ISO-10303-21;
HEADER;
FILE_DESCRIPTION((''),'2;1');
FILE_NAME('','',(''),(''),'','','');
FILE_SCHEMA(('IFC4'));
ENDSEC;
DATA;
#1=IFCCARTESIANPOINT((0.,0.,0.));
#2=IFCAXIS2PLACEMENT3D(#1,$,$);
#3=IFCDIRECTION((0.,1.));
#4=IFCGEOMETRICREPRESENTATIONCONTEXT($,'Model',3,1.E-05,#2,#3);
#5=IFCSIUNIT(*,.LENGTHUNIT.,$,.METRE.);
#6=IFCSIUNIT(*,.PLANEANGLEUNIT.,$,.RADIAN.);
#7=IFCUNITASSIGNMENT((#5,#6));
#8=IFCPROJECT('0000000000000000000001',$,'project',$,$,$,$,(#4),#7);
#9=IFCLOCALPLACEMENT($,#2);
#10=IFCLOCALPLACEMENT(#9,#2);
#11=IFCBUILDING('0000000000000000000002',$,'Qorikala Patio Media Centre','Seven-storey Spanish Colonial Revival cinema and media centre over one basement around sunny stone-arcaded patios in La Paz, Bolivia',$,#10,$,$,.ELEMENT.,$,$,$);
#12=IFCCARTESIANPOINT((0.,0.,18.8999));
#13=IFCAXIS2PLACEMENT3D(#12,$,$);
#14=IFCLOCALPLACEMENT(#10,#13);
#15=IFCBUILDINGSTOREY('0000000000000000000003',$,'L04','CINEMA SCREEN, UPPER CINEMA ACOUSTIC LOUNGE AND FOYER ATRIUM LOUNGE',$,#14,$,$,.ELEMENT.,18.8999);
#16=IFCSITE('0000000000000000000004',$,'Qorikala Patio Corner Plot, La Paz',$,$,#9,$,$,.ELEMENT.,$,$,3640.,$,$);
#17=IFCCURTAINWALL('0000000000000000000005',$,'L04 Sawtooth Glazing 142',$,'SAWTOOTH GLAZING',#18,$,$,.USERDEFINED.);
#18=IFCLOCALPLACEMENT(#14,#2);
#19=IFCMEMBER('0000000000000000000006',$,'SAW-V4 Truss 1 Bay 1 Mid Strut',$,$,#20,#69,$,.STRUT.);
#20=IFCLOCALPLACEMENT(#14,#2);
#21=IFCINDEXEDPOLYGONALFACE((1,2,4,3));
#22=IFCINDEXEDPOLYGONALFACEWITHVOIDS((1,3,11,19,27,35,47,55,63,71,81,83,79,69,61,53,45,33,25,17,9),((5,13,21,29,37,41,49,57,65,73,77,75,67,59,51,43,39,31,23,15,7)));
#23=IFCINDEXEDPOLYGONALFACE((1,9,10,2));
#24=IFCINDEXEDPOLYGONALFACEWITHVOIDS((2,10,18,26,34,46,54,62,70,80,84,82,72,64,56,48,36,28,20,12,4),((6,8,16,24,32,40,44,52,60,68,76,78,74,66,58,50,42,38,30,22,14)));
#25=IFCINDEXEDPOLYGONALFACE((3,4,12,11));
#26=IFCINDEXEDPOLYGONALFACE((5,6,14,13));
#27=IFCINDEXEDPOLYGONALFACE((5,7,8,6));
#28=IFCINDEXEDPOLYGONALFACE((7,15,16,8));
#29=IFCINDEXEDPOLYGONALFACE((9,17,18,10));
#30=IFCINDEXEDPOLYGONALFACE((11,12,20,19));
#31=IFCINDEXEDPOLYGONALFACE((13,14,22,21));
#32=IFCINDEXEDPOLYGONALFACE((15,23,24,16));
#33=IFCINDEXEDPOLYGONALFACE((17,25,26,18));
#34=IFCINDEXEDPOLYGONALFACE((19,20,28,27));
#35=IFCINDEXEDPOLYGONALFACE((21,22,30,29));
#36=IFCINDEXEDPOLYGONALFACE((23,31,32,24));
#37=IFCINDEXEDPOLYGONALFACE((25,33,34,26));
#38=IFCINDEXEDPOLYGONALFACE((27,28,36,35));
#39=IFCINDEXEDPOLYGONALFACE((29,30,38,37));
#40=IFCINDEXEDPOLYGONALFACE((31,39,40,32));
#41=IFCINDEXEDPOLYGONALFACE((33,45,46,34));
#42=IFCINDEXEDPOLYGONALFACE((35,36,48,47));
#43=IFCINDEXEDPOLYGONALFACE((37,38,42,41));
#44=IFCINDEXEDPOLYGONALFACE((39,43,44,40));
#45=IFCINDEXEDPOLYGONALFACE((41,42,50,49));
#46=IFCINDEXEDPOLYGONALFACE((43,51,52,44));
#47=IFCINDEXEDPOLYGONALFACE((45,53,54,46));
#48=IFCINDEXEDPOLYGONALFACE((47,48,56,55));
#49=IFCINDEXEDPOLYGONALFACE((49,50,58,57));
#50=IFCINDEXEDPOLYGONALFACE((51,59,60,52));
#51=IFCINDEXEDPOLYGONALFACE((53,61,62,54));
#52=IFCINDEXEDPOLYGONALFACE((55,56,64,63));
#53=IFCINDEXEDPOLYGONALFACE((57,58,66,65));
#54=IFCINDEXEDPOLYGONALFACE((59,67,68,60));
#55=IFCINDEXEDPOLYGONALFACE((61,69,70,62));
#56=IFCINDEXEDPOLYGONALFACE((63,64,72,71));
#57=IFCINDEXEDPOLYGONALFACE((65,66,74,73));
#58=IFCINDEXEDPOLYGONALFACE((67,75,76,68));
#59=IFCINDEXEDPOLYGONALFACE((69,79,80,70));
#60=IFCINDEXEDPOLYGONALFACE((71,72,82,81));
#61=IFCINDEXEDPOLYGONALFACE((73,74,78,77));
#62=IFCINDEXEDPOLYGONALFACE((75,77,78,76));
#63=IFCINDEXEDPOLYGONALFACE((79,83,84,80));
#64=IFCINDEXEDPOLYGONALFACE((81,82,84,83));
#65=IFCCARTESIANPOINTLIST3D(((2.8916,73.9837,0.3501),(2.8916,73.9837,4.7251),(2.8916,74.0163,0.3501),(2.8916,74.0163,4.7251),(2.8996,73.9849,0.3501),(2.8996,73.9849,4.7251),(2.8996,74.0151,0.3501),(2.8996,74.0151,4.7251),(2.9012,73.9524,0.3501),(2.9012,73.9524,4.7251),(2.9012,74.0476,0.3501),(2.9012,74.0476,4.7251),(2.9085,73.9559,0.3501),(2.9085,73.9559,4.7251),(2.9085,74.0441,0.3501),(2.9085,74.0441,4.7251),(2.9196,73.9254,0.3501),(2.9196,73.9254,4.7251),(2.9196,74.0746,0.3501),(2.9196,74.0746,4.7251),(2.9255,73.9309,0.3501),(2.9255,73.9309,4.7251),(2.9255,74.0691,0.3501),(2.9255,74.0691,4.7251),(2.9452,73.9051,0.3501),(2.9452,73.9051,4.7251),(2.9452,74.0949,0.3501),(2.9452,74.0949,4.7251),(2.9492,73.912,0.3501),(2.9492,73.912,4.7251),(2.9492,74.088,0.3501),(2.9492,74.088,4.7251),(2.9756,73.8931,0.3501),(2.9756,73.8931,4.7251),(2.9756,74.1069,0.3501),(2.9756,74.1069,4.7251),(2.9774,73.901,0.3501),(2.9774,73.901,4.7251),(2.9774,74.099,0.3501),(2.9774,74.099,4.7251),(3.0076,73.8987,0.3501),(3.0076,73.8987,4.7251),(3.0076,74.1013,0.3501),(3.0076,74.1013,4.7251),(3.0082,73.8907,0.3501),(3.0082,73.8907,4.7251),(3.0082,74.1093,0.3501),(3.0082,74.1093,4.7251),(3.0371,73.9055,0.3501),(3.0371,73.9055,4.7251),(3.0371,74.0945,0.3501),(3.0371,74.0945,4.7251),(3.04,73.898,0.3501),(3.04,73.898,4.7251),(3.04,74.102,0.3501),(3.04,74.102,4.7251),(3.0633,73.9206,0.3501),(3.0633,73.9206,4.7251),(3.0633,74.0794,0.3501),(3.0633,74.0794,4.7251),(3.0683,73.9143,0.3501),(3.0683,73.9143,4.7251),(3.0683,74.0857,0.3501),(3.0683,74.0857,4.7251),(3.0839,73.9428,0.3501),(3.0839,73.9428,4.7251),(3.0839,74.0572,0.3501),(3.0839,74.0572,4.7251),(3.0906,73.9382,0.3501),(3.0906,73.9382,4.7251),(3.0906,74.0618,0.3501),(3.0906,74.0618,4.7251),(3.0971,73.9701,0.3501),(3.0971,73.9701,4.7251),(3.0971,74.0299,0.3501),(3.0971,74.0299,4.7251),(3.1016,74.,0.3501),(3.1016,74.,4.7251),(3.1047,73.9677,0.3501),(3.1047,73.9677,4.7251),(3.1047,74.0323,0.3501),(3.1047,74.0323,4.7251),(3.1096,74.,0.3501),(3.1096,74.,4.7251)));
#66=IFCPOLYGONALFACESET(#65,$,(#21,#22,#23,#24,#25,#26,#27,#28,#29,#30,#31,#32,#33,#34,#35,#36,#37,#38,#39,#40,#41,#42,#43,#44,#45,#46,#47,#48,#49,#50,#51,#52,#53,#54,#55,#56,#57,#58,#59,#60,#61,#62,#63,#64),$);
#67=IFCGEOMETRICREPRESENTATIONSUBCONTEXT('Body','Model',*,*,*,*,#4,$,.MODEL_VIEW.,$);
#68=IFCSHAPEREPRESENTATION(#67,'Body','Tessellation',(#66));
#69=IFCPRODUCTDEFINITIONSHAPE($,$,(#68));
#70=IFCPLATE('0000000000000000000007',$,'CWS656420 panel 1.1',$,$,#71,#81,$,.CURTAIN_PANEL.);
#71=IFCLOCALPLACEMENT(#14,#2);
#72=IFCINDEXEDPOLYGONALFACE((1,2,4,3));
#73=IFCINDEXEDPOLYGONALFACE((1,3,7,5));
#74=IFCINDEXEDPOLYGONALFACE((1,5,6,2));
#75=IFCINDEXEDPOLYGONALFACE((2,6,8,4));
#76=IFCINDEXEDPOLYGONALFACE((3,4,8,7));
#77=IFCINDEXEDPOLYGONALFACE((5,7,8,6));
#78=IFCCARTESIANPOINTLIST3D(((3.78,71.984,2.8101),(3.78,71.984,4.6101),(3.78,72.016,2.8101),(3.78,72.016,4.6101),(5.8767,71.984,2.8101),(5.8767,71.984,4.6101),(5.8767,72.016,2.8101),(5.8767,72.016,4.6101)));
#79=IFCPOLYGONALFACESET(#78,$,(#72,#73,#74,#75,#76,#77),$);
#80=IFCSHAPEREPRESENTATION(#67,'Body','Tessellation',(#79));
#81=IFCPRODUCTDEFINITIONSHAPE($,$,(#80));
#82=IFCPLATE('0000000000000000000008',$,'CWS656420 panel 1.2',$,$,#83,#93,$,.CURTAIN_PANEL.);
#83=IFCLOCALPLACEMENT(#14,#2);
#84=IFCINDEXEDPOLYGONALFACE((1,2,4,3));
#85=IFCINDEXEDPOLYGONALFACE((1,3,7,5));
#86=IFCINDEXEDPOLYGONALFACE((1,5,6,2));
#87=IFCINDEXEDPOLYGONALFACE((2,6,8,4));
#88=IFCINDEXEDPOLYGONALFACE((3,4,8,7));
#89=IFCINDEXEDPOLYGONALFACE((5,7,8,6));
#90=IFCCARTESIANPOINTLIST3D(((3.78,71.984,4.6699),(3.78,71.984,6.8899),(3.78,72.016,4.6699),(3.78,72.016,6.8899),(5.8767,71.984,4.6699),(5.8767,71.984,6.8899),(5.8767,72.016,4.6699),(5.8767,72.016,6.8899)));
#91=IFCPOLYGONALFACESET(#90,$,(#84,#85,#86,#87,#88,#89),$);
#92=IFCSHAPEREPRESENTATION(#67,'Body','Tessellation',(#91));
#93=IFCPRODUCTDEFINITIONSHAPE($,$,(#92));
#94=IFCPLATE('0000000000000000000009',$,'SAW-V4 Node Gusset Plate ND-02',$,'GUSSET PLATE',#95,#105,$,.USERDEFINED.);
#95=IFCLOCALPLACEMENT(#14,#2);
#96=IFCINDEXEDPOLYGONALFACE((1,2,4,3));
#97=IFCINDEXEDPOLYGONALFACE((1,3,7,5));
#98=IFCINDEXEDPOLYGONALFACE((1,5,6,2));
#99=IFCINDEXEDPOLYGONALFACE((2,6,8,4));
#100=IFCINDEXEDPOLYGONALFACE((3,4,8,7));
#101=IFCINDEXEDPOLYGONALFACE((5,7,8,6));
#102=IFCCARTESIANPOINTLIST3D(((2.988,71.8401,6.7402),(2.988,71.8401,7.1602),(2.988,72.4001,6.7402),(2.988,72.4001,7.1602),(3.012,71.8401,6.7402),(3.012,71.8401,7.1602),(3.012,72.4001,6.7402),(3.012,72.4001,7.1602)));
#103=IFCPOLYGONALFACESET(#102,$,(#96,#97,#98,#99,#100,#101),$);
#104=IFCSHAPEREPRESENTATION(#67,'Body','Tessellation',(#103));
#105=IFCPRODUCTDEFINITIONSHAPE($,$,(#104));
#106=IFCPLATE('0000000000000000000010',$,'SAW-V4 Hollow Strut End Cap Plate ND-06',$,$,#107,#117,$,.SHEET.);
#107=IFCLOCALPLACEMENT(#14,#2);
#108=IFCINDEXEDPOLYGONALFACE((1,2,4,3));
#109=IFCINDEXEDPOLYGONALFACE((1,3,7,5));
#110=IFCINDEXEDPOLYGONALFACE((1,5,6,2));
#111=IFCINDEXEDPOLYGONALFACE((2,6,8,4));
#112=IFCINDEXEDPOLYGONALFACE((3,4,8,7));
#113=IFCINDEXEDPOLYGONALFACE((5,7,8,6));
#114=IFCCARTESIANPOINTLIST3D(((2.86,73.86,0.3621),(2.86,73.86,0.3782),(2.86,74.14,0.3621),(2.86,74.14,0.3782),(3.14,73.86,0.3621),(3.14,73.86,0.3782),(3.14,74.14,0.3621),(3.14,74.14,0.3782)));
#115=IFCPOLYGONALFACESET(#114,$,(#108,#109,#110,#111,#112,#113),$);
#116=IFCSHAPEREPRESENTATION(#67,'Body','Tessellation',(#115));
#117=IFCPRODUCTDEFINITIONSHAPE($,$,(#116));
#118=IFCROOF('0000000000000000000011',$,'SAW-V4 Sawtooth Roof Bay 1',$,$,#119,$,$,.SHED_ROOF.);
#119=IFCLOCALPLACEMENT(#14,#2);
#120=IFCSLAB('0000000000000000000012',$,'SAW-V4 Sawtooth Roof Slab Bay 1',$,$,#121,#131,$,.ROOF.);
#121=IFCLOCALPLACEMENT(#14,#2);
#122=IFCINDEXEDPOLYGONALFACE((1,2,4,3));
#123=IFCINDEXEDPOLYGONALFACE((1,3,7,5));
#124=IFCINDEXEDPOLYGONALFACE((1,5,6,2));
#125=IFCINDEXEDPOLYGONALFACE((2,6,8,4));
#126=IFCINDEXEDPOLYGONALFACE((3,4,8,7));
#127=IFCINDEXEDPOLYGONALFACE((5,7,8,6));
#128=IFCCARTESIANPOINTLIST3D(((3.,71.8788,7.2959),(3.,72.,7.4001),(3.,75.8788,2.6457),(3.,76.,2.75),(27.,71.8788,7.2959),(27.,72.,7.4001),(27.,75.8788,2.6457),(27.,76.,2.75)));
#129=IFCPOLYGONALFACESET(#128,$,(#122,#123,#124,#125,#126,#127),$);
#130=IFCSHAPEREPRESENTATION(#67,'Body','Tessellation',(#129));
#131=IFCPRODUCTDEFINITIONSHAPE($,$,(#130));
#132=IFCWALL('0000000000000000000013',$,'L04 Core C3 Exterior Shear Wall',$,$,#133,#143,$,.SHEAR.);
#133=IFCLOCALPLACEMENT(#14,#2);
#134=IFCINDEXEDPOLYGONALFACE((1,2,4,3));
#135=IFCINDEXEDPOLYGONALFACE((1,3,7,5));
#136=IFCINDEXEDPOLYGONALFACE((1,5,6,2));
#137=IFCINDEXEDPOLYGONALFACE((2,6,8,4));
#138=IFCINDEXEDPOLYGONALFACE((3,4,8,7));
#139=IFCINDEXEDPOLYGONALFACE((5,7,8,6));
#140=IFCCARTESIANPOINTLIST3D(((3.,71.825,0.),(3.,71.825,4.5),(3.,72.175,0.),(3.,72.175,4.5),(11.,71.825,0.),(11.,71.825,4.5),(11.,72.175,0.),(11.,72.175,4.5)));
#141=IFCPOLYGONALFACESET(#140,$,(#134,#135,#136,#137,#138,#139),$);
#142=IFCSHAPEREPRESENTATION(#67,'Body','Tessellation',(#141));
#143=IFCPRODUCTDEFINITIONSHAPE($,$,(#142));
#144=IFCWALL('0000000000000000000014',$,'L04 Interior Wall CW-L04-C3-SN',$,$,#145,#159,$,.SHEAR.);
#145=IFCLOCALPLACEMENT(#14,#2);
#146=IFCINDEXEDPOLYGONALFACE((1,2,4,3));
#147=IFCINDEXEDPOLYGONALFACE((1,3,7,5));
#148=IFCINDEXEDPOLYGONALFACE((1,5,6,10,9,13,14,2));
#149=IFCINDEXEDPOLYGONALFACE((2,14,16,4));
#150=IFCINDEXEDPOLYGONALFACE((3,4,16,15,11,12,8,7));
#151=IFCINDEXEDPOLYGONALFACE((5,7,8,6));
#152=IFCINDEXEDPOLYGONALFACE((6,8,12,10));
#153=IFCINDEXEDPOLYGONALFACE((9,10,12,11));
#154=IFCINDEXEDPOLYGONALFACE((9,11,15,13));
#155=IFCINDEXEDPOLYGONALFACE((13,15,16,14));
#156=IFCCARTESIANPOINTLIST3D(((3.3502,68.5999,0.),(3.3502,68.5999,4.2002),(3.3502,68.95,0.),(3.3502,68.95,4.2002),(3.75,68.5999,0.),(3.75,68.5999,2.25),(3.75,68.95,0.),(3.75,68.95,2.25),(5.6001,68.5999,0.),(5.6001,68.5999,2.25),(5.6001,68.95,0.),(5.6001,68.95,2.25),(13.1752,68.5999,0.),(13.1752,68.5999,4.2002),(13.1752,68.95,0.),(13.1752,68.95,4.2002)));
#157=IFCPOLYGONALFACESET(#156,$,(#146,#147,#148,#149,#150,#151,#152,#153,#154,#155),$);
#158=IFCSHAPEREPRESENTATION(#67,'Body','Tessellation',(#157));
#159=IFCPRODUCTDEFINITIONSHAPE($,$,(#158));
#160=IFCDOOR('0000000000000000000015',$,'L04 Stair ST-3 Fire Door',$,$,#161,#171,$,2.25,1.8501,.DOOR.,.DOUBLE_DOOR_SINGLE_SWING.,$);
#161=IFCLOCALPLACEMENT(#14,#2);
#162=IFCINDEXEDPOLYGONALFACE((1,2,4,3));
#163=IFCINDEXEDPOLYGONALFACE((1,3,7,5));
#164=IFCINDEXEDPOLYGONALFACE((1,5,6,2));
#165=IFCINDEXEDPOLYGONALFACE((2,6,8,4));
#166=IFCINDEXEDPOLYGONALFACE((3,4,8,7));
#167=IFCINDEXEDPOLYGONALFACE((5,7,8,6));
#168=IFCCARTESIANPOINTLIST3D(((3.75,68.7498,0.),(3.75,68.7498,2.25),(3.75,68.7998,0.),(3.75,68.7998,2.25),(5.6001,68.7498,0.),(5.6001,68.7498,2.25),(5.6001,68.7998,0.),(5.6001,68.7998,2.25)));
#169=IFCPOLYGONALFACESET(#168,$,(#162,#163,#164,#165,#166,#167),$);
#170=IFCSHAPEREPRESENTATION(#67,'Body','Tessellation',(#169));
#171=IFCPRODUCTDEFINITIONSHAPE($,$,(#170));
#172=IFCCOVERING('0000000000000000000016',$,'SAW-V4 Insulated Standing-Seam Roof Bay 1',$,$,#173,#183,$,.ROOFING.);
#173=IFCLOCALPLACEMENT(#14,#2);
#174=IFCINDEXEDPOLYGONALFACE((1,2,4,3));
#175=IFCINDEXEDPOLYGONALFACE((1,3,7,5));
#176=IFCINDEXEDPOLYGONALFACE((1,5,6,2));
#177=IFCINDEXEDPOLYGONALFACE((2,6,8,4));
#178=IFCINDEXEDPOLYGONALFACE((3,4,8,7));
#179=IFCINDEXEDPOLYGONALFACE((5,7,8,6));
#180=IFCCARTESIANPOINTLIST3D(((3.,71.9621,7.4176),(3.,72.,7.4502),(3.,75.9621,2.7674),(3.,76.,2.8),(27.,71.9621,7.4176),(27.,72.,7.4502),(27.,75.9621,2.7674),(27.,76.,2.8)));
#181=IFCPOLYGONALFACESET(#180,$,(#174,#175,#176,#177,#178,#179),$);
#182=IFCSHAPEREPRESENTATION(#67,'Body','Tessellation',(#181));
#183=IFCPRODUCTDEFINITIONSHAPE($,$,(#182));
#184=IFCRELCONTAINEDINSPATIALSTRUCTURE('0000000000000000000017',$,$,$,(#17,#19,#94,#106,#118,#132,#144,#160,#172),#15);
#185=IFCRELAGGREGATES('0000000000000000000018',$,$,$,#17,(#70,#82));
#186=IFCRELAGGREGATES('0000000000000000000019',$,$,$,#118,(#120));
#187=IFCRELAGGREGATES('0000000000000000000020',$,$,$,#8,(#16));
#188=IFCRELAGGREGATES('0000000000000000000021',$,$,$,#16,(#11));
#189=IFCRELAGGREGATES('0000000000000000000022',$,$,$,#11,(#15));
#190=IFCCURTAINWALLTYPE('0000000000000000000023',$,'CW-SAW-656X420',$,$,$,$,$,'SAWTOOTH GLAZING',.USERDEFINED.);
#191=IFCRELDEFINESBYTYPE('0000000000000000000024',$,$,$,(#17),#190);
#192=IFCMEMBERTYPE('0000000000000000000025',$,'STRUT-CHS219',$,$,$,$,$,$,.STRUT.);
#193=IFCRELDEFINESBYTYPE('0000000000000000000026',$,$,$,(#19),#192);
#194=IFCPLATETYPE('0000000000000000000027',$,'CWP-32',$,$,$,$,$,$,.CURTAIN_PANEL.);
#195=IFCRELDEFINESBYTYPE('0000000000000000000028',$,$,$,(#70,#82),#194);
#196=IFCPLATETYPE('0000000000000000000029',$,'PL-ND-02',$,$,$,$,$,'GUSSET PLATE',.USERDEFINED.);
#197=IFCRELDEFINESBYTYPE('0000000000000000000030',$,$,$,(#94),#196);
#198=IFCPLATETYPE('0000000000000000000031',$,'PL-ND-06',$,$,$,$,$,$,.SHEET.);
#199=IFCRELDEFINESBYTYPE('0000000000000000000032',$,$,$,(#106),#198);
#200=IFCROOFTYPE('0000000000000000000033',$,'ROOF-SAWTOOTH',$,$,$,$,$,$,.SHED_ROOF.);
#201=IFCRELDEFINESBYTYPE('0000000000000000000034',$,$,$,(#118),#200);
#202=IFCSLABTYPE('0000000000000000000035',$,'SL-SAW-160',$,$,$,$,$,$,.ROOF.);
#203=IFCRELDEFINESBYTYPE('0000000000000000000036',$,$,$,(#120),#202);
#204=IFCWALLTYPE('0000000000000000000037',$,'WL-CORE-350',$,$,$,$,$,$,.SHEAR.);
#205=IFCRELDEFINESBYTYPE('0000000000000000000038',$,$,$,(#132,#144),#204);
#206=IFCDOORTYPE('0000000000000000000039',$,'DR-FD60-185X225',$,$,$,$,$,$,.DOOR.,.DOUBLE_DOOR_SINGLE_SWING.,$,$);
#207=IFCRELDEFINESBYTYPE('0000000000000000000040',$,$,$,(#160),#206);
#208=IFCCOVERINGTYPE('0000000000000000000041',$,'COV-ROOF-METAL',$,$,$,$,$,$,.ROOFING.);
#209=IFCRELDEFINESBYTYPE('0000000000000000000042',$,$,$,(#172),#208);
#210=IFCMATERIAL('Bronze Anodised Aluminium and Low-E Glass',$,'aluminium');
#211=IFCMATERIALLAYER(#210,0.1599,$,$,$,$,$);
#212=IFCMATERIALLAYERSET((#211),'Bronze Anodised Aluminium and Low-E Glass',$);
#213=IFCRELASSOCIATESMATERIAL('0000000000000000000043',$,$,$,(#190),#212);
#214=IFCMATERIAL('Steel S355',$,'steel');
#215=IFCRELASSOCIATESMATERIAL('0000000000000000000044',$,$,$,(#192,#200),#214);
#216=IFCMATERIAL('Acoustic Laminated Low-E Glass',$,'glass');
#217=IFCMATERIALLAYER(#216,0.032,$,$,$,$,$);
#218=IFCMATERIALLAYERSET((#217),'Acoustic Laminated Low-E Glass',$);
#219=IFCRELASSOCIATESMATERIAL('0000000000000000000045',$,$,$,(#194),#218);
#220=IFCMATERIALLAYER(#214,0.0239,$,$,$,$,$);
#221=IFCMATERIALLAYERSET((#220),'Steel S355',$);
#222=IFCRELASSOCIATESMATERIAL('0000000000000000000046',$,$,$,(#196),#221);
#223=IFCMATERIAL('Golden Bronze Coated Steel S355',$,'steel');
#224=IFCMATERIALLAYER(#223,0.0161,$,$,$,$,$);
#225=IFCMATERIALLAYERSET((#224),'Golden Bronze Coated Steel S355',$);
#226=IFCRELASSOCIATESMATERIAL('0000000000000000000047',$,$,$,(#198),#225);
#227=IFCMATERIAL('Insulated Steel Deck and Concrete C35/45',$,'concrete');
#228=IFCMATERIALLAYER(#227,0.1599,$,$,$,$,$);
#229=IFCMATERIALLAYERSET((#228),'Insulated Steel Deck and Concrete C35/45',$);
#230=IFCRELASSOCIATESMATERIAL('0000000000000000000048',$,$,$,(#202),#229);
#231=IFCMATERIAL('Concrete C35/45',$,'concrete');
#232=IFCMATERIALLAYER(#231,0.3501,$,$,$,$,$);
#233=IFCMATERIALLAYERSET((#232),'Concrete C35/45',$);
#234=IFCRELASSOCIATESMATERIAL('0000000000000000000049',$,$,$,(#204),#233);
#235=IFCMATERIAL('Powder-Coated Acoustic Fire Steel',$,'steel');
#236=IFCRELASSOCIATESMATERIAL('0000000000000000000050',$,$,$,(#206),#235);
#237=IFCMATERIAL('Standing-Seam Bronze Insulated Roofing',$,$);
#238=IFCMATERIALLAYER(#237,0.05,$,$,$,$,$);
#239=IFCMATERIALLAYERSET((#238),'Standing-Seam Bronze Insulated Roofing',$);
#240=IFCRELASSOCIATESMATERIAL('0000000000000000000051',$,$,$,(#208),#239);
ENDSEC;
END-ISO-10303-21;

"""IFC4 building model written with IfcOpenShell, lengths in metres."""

from ifc_helpers import new_model, si_unit, direction, frame, frame_2d, origin, origin_2d, place, context, subcontext, project, spatial, polyline, rectangle, hollow_circle, outline, extrude, material, layer, layer_set, material_profile, profile_set, type_object, element, fill, aggregate, save


model = new_model("IFC4")

# Units and contexts
model_context = context("Model", 3, precision=1e-05, world=origin(), true_north=direction((0.0, 1.0)))
body_context = subcontext(model_context, "Body", "Model", "MODEL_VIEW")
ifc_project = project(units=[si_unit("LENGTHUNIT", "METRE"), si_unit("PLANEANGLEUNIT", "RADIAN")], contexts=[model_context])

# Site, building, storey
site_placement = place(None, origin())
site = spatial("IfcSite", under=ifc_project, at=site_placement, Name="Qorikala Patio Corner Plot, La Paz", CompositionType="ELEMENT", RefElevation=3640.0)
building_placement = place(site_placement, origin())
building = spatial("IfcBuilding", under=site, at=building_placement, Name="Qorikala Patio Media Centre", Description="Seven-storey Spanish Colonial Revival cinema and media centre over one basement around sunny stone-arcaded patios in La Paz, Bolivia", CompositionType="ELEMENT")
storey_placement = place(building_placement, frame((0.0, 0.0, 18.8999)))
storey = spatial("IfcBuildingStorey", under=building, at=storey_placement, Name="L04", Description="CINEMA SCREEN, UPPER CINEMA ACOUSTIC LOUNGE AND FOYER ATRIUM LOUNGE", CompositionType="ELEMENT", Elevation=18.8999)

# Shared definitions
ifc_material_1 = material(Name="Concrete C35/45", Category="concrete")

# Shared definitions
ifc_material_2 = material(Name="Steel S355", Category="steel")

# Curtain wall
ifc_material_3 = material(Name="Bronze Anodised Aluminium and Low-E Glass", Category="aluminium")
ifc_layer_1 = layer(ifc_material_3, 0.1599)
ifc_layer_set_1 = layer_set([ifc_layer_1], Name="Bronze Anodised Aluminium and Low-E Glass")
curtain_wall_type = type_object("IfcCurtainWallType", Name="CW-SAW-656X420", ElementType="SAWTOOTH GLAZING", PredefinedType="USERDEFINED", material=ifc_layer_set_1)
curtain_wall_placement = place(storey_placement, origin())
curtain_wall = element("IfcCurtainWall", 1, at=curtain_wall_placement, inside=storey, type_object=curtain_wall_type, Name="L04 Sawtooth Glazing 142", ObjectType="SAWTOOTH GLAZING", PredefinedType="USERDEFINED")

# Member
ifc_material_profile_1 = material_profile(ifc_material_2, hollow_circle(Radius=0.1096, WallThickness=0.0081, at=origin_2d()), Name="CHS219X8")
ifc_profile_set_1 = profile_set([ifc_material_profile_1], Name="Steel S355")
member_type_1 = type_object("IfcMemberType", Name="STRUT-CHS219", PredefinedType="STRUT", material=ifc_profile_set_1)
member_1_placement = place(storey_placement, frame((3.0, 74.0, 0.3501), z_axis=(0.0, 0.0, 1.0), x_axis=(1.0, 0.0, 0.0)))
element("IfcMember", 2, at=member_1_placement, inside=storey, type_object=member_type_1, Name="SAW-V4 Truss 1 Bay 1 Mid Strut", PredefinedType="STRUT", context=body_context, shape_type="SweptSolid", body=[
    extrude(hollow_circle(Radius=0.1096, WallThickness=0.0081, at=origin_2d()), origin(), (0.0, 0.0, 1.0), 4.375),
])

# Plates
ifc_material_4 = material(Name="Acoustic Laminated Low-E Glass", Category="glass")
ifc_layer_2 = layer(ifc_material_4, 0.032)
ifc_layer_set_2 = layer_set([ifc_layer_2], Name="Acoustic Laminated Low-E Glass")
plate_type_1 = type_object("IfcPlateType", Name="CWP-32", PredefinedType="CURTAIN_PANEL", material=ifc_layer_set_2)
plate_1_placement = place(storey_placement, frame((4.8284, 72.0, 2.8101), z_axis=(0.0, 0.0, 1.0), x_axis=(1.0, 0.0, 0.0)))
plate_1 = element("IfcPlate", 3, at=plate_1_placement, type_object=plate_type_1, Name="CWS656420 panel 1.1", PredefinedType="CURTAIN_PANEL", context=body_context, shape_type="SweptSolid", body=[
    extrude(rectangle(XDim=2.0967, YDim=0.032, at=origin_2d()), origin(), (0.0, 0.0, 1.0), 1.8),
])
plate_2_placement = place(storey_placement, frame((4.8284, 72.0, 4.6699), z_axis=(0.0, 0.0, 1.0), x_axis=(1.0, 0.0, 0.0)))
plate_2 = element("IfcPlate", 4, at=plate_2_placement, type_object=plate_type_1, Name="CWS656420 panel 1.2", PredefinedType="CURTAIN_PANEL", context=body_context, shape_type="SweptSolid", body=[
    extrude(rectangle(XDim=2.0967, YDim=0.032, at=origin_2d()), origin(), (0.0, 0.0, 1.0), 2.22),
])
aggregate(curtain_wall, [plate_1, plate_2])

# Plates
ifc_layer_3 = layer(ifc_material_2, 0.0239)
ifc_layer_set_3 = layer_set([ifc_layer_3], Name="Steel S355")
plate_type_2 = type_object("IfcPlateType", Name="PL-ND-02", ElementType="GUSSET PLATE", PredefinedType="USERDEFINED", material=ifc_layer_set_3)
plate_3_placement = place(storey_placement, frame((3.0, 72.1201, 6.7402), z_axis=(0.0, 0.0, 1.0), x_axis=(1.0, 0.0, 0.0)))
element("IfcPlate", 5, at=plate_3_placement, inside=storey, type_object=plate_type_2, Name="SAW-V4 Node Gusset Plate ND-02", ObjectType="GUSSET PLATE", PredefinedType="USERDEFINED", context=body_context, shape_type="SweptSolid", body=[
    extrude(rectangle(XDim=0.0239, YDim=0.5601, at=origin_2d()), origin(), (0.0, 0.0, 1.0), 0.4199),
])
ifc_material_5 = material(Name="Golden Bronze Coated Steel S355", Category="steel")
ifc_layer_4 = layer(ifc_material_5, 0.0161)
ifc_layer_set_4 = layer_set([ifc_layer_4], Name="Golden Bronze Coated Steel S355")
plate_type_3 = type_object("IfcPlateType", Name="PL-ND-06", PredefinedType="SHEET", material=ifc_layer_set_4)
plate_4_placement = place(storey_placement, frame((3.0, 74.0, 0.3621), z_axis=(0.0, 0.0, 1.0), x_axis=(1.0, 0.0, 0.0)))
element("IfcPlate", 6, at=plate_4_placement, inside=storey, type_object=plate_type_3, Name="SAW-V4 Hollow Strut End Cap Plate ND-06", PredefinedType="SHEET", context=body_context, shape_type="SweptSolid", body=[
    extrude(rectangle(XDim=0.28, YDim=0.28, at=origin_2d()), origin(), (0.0, 0.0, 1.0), 0.0161),
])

# Roof, slab
roof_type = type_object("IfcRoofType", Name="ROOF-SAWTOOTH", PredefinedType="SHED_ROOF", material=ifc_material_2)
roof_placement = place(storey_placement, origin())
roof = element("IfcRoof", 7, at=roof_placement, inside=storey, type_object=roof_type, Name="SAW-V4 Sawtooth Roof Bay 1", PredefinedType="SHED_ROOF")
ifc_material_6 = material(Name="Insulated Steel Deck and Concrete C35/45", Category="concrete")
ifc_layer_5 = layer(ifc_material_6, 0.1599)
ifc_layer_set_5 = layer_set([ifc_layer_5], Name="Insulated Steel Deck and Concrete C35/45")
slab_type = type_object("IfcSlabType", Name="SL-SAW-160", PredefinedType="ROOF", material=ifc_layer_set_5)
slab_placement = place(storey_placement, frame((3.0, 72.0, 7.4001), z_axis=(0.0, 0.758115, 0.652121), x_axis=(1.0, 0.0, 0.0)))
slab = element("IfcSlab", 8, at=slab_placement, type_object=slab_type, Name="SAW-V4 Sawtooth Roof Slab Bay 1", PredefinedType="ROOF", context=body_context, shape_type="SweptSolid", body=[
    extrude(outline(polyline([(0.0, 0.0), (24.0, 0.0), (24.0, 6.1338), (0.0, 6.1338), (0.0, 0.0)])), origin(), (0.0, 0.0, -1.0), 0.1599),
])
aggregate(roof, [slab])

# Wall
ifc_layer_6 = layer(ifc_material_1, 0.3501)
ifc_layer_set_6 = layer_set([ifc_layer_6], Name="Concrete C35/45")
wall_type = type_object("IfcWallType", Name="WL-CORE-350", PredefinedType="SHEAR", material=ifc_layer_set_6)
wall_1_placement = place(storey_placement, frame((3.0, 72.0, 0.0), z_axis=(0.0, 0.0, 1.0), x_axis=(1.0, 0.0, 0.0)))
element("IfcWall", 9, at=wall_1_placement, inside=storey, type_object=wall_type, Name="L04 Core C3 Exterior Shear Wall", PredefinedType="SHEAR", context=body_context, shape_type="SweptSolid", body=[
    extrude(rectangle(XDim=8.0, YDim=0.3501, at=frame_2d((4.0, 0.0))), origin(), (0.0, 0.0, 1.0), 4.5),
])

# Wall, opening, door
wall_2_placement = place(storey_placement, frame((3.3501, 68.7749, 0.0), z_axis=(0.0, 0.0, 1.0), x_axis=(1.0, 0.0, 0.0)))
wall_2 = element("IfcWall", 10, at=wall_2_placement, inside=storey, type_object=wall_type, Name="L04 Interior Wall CW-L04-C3-SN", PredefinedType="SHEAR", context=body_context, shape_type="SweptSolid", body=[
    extrude(rectangle(XDim=9.825, YDim=0.3501, at=frame_2d((4.9126, 0.0))), origin(), (0.0, 0.0, 1.0), 4.2002),
])
opening_placement = place(wall_2_placement, frame((0.3999, 0.0, 0.0)))
opening = element("IfcOpeningElement", 11, at=opening_placement, cuts=wall_2, PredefinedType="OPENING", context=body_context, shape_type="SweptSolid", body=[
    extrude(rectangle(XDim=1.8501, YDim=2.25, at=frame_2d((0.925, 1.125))), frame((0.0, 0.1851, 0.0), z_axis=(0.0, -1.0, 0.0), x_axis=(1.0, 0.0, 0.0)), (0.0, 0.0, 1.0), 0.3701),
])
ifc_material_7 = material(Name="Powder-Coated Acoustic Fire Steel", Category="steel")
door_type = type_object("IfcDoorType", Name="DR-FD60-185X225", OperationType="DOUBLE_DOOR_SINGLE_SWING", PredefinedType="DOOR", material=ifc_material_7)
door_placement = place(opening_placement, origin())
door = element("IfcDoor", 12, at=door_placement, inside=storey, type_object=door_type, Name="L04 Stair ST-3 Fire Door", OperationType="DOUBLE_DOOR_SINGLE_SWING", OverallHeight=2.25, OverallWidth=1.8501, PredefinedType="DOOR", context=body_context, shape_type="SweptSolid", body=[
    extrude(rectangle(XDim=1.8501, YDim=2.25, at=frame_2d((0.925, 1.125))), frame((0.0, 0.0249, 0.0), z_axis=(0.0, -1.0, 0.0), x_axis=(1.0, 0.0, 0.0)), (0.0, 0.0, 1.0), 0.05),
])
fill(opening, door)

# Covering
ifc_material_8 = material(Name="Standing-Seam Bronze Insulated Roofing")
ifc_layer_7 = layer(ifc_material_8, 0.05)
ifc_layer_set_7 = layer_set([ifc_layer_7], Name="Standing-Seam Bronze Insulated Roofing")
covering_type = type_object("IfcCoveringType", Name="COV-ROOF-METAL", PredefinedType="ROOFING", material=ifc_layer_set_7)
covering_placement = place(storey_placement, frame((3.0, 72.0, 7.4502), z_axis=(0.0, 0.758115, 0.652121), x_axis=(1.0, 0.0, 0.0)))
element("IfcCovering", 13, at=covering_placement, inside=storey, type_object=covering_type, Name="SAW-V4 Insulated Standing-Seam Roof Bay 1", PredefinedType="ROOFING", context=body_context, shape_type="SweptSolid", body=[
    extrude(outline(polyline([(0.0, 0.0), (24.0, 0.0), (24.0, 6.1338), (0.0, 6.1338), (0.0, 0.0)])), origin(), (0.0, 0.0, -1.0), 0.05),
])

save(model, "model.ifc")
